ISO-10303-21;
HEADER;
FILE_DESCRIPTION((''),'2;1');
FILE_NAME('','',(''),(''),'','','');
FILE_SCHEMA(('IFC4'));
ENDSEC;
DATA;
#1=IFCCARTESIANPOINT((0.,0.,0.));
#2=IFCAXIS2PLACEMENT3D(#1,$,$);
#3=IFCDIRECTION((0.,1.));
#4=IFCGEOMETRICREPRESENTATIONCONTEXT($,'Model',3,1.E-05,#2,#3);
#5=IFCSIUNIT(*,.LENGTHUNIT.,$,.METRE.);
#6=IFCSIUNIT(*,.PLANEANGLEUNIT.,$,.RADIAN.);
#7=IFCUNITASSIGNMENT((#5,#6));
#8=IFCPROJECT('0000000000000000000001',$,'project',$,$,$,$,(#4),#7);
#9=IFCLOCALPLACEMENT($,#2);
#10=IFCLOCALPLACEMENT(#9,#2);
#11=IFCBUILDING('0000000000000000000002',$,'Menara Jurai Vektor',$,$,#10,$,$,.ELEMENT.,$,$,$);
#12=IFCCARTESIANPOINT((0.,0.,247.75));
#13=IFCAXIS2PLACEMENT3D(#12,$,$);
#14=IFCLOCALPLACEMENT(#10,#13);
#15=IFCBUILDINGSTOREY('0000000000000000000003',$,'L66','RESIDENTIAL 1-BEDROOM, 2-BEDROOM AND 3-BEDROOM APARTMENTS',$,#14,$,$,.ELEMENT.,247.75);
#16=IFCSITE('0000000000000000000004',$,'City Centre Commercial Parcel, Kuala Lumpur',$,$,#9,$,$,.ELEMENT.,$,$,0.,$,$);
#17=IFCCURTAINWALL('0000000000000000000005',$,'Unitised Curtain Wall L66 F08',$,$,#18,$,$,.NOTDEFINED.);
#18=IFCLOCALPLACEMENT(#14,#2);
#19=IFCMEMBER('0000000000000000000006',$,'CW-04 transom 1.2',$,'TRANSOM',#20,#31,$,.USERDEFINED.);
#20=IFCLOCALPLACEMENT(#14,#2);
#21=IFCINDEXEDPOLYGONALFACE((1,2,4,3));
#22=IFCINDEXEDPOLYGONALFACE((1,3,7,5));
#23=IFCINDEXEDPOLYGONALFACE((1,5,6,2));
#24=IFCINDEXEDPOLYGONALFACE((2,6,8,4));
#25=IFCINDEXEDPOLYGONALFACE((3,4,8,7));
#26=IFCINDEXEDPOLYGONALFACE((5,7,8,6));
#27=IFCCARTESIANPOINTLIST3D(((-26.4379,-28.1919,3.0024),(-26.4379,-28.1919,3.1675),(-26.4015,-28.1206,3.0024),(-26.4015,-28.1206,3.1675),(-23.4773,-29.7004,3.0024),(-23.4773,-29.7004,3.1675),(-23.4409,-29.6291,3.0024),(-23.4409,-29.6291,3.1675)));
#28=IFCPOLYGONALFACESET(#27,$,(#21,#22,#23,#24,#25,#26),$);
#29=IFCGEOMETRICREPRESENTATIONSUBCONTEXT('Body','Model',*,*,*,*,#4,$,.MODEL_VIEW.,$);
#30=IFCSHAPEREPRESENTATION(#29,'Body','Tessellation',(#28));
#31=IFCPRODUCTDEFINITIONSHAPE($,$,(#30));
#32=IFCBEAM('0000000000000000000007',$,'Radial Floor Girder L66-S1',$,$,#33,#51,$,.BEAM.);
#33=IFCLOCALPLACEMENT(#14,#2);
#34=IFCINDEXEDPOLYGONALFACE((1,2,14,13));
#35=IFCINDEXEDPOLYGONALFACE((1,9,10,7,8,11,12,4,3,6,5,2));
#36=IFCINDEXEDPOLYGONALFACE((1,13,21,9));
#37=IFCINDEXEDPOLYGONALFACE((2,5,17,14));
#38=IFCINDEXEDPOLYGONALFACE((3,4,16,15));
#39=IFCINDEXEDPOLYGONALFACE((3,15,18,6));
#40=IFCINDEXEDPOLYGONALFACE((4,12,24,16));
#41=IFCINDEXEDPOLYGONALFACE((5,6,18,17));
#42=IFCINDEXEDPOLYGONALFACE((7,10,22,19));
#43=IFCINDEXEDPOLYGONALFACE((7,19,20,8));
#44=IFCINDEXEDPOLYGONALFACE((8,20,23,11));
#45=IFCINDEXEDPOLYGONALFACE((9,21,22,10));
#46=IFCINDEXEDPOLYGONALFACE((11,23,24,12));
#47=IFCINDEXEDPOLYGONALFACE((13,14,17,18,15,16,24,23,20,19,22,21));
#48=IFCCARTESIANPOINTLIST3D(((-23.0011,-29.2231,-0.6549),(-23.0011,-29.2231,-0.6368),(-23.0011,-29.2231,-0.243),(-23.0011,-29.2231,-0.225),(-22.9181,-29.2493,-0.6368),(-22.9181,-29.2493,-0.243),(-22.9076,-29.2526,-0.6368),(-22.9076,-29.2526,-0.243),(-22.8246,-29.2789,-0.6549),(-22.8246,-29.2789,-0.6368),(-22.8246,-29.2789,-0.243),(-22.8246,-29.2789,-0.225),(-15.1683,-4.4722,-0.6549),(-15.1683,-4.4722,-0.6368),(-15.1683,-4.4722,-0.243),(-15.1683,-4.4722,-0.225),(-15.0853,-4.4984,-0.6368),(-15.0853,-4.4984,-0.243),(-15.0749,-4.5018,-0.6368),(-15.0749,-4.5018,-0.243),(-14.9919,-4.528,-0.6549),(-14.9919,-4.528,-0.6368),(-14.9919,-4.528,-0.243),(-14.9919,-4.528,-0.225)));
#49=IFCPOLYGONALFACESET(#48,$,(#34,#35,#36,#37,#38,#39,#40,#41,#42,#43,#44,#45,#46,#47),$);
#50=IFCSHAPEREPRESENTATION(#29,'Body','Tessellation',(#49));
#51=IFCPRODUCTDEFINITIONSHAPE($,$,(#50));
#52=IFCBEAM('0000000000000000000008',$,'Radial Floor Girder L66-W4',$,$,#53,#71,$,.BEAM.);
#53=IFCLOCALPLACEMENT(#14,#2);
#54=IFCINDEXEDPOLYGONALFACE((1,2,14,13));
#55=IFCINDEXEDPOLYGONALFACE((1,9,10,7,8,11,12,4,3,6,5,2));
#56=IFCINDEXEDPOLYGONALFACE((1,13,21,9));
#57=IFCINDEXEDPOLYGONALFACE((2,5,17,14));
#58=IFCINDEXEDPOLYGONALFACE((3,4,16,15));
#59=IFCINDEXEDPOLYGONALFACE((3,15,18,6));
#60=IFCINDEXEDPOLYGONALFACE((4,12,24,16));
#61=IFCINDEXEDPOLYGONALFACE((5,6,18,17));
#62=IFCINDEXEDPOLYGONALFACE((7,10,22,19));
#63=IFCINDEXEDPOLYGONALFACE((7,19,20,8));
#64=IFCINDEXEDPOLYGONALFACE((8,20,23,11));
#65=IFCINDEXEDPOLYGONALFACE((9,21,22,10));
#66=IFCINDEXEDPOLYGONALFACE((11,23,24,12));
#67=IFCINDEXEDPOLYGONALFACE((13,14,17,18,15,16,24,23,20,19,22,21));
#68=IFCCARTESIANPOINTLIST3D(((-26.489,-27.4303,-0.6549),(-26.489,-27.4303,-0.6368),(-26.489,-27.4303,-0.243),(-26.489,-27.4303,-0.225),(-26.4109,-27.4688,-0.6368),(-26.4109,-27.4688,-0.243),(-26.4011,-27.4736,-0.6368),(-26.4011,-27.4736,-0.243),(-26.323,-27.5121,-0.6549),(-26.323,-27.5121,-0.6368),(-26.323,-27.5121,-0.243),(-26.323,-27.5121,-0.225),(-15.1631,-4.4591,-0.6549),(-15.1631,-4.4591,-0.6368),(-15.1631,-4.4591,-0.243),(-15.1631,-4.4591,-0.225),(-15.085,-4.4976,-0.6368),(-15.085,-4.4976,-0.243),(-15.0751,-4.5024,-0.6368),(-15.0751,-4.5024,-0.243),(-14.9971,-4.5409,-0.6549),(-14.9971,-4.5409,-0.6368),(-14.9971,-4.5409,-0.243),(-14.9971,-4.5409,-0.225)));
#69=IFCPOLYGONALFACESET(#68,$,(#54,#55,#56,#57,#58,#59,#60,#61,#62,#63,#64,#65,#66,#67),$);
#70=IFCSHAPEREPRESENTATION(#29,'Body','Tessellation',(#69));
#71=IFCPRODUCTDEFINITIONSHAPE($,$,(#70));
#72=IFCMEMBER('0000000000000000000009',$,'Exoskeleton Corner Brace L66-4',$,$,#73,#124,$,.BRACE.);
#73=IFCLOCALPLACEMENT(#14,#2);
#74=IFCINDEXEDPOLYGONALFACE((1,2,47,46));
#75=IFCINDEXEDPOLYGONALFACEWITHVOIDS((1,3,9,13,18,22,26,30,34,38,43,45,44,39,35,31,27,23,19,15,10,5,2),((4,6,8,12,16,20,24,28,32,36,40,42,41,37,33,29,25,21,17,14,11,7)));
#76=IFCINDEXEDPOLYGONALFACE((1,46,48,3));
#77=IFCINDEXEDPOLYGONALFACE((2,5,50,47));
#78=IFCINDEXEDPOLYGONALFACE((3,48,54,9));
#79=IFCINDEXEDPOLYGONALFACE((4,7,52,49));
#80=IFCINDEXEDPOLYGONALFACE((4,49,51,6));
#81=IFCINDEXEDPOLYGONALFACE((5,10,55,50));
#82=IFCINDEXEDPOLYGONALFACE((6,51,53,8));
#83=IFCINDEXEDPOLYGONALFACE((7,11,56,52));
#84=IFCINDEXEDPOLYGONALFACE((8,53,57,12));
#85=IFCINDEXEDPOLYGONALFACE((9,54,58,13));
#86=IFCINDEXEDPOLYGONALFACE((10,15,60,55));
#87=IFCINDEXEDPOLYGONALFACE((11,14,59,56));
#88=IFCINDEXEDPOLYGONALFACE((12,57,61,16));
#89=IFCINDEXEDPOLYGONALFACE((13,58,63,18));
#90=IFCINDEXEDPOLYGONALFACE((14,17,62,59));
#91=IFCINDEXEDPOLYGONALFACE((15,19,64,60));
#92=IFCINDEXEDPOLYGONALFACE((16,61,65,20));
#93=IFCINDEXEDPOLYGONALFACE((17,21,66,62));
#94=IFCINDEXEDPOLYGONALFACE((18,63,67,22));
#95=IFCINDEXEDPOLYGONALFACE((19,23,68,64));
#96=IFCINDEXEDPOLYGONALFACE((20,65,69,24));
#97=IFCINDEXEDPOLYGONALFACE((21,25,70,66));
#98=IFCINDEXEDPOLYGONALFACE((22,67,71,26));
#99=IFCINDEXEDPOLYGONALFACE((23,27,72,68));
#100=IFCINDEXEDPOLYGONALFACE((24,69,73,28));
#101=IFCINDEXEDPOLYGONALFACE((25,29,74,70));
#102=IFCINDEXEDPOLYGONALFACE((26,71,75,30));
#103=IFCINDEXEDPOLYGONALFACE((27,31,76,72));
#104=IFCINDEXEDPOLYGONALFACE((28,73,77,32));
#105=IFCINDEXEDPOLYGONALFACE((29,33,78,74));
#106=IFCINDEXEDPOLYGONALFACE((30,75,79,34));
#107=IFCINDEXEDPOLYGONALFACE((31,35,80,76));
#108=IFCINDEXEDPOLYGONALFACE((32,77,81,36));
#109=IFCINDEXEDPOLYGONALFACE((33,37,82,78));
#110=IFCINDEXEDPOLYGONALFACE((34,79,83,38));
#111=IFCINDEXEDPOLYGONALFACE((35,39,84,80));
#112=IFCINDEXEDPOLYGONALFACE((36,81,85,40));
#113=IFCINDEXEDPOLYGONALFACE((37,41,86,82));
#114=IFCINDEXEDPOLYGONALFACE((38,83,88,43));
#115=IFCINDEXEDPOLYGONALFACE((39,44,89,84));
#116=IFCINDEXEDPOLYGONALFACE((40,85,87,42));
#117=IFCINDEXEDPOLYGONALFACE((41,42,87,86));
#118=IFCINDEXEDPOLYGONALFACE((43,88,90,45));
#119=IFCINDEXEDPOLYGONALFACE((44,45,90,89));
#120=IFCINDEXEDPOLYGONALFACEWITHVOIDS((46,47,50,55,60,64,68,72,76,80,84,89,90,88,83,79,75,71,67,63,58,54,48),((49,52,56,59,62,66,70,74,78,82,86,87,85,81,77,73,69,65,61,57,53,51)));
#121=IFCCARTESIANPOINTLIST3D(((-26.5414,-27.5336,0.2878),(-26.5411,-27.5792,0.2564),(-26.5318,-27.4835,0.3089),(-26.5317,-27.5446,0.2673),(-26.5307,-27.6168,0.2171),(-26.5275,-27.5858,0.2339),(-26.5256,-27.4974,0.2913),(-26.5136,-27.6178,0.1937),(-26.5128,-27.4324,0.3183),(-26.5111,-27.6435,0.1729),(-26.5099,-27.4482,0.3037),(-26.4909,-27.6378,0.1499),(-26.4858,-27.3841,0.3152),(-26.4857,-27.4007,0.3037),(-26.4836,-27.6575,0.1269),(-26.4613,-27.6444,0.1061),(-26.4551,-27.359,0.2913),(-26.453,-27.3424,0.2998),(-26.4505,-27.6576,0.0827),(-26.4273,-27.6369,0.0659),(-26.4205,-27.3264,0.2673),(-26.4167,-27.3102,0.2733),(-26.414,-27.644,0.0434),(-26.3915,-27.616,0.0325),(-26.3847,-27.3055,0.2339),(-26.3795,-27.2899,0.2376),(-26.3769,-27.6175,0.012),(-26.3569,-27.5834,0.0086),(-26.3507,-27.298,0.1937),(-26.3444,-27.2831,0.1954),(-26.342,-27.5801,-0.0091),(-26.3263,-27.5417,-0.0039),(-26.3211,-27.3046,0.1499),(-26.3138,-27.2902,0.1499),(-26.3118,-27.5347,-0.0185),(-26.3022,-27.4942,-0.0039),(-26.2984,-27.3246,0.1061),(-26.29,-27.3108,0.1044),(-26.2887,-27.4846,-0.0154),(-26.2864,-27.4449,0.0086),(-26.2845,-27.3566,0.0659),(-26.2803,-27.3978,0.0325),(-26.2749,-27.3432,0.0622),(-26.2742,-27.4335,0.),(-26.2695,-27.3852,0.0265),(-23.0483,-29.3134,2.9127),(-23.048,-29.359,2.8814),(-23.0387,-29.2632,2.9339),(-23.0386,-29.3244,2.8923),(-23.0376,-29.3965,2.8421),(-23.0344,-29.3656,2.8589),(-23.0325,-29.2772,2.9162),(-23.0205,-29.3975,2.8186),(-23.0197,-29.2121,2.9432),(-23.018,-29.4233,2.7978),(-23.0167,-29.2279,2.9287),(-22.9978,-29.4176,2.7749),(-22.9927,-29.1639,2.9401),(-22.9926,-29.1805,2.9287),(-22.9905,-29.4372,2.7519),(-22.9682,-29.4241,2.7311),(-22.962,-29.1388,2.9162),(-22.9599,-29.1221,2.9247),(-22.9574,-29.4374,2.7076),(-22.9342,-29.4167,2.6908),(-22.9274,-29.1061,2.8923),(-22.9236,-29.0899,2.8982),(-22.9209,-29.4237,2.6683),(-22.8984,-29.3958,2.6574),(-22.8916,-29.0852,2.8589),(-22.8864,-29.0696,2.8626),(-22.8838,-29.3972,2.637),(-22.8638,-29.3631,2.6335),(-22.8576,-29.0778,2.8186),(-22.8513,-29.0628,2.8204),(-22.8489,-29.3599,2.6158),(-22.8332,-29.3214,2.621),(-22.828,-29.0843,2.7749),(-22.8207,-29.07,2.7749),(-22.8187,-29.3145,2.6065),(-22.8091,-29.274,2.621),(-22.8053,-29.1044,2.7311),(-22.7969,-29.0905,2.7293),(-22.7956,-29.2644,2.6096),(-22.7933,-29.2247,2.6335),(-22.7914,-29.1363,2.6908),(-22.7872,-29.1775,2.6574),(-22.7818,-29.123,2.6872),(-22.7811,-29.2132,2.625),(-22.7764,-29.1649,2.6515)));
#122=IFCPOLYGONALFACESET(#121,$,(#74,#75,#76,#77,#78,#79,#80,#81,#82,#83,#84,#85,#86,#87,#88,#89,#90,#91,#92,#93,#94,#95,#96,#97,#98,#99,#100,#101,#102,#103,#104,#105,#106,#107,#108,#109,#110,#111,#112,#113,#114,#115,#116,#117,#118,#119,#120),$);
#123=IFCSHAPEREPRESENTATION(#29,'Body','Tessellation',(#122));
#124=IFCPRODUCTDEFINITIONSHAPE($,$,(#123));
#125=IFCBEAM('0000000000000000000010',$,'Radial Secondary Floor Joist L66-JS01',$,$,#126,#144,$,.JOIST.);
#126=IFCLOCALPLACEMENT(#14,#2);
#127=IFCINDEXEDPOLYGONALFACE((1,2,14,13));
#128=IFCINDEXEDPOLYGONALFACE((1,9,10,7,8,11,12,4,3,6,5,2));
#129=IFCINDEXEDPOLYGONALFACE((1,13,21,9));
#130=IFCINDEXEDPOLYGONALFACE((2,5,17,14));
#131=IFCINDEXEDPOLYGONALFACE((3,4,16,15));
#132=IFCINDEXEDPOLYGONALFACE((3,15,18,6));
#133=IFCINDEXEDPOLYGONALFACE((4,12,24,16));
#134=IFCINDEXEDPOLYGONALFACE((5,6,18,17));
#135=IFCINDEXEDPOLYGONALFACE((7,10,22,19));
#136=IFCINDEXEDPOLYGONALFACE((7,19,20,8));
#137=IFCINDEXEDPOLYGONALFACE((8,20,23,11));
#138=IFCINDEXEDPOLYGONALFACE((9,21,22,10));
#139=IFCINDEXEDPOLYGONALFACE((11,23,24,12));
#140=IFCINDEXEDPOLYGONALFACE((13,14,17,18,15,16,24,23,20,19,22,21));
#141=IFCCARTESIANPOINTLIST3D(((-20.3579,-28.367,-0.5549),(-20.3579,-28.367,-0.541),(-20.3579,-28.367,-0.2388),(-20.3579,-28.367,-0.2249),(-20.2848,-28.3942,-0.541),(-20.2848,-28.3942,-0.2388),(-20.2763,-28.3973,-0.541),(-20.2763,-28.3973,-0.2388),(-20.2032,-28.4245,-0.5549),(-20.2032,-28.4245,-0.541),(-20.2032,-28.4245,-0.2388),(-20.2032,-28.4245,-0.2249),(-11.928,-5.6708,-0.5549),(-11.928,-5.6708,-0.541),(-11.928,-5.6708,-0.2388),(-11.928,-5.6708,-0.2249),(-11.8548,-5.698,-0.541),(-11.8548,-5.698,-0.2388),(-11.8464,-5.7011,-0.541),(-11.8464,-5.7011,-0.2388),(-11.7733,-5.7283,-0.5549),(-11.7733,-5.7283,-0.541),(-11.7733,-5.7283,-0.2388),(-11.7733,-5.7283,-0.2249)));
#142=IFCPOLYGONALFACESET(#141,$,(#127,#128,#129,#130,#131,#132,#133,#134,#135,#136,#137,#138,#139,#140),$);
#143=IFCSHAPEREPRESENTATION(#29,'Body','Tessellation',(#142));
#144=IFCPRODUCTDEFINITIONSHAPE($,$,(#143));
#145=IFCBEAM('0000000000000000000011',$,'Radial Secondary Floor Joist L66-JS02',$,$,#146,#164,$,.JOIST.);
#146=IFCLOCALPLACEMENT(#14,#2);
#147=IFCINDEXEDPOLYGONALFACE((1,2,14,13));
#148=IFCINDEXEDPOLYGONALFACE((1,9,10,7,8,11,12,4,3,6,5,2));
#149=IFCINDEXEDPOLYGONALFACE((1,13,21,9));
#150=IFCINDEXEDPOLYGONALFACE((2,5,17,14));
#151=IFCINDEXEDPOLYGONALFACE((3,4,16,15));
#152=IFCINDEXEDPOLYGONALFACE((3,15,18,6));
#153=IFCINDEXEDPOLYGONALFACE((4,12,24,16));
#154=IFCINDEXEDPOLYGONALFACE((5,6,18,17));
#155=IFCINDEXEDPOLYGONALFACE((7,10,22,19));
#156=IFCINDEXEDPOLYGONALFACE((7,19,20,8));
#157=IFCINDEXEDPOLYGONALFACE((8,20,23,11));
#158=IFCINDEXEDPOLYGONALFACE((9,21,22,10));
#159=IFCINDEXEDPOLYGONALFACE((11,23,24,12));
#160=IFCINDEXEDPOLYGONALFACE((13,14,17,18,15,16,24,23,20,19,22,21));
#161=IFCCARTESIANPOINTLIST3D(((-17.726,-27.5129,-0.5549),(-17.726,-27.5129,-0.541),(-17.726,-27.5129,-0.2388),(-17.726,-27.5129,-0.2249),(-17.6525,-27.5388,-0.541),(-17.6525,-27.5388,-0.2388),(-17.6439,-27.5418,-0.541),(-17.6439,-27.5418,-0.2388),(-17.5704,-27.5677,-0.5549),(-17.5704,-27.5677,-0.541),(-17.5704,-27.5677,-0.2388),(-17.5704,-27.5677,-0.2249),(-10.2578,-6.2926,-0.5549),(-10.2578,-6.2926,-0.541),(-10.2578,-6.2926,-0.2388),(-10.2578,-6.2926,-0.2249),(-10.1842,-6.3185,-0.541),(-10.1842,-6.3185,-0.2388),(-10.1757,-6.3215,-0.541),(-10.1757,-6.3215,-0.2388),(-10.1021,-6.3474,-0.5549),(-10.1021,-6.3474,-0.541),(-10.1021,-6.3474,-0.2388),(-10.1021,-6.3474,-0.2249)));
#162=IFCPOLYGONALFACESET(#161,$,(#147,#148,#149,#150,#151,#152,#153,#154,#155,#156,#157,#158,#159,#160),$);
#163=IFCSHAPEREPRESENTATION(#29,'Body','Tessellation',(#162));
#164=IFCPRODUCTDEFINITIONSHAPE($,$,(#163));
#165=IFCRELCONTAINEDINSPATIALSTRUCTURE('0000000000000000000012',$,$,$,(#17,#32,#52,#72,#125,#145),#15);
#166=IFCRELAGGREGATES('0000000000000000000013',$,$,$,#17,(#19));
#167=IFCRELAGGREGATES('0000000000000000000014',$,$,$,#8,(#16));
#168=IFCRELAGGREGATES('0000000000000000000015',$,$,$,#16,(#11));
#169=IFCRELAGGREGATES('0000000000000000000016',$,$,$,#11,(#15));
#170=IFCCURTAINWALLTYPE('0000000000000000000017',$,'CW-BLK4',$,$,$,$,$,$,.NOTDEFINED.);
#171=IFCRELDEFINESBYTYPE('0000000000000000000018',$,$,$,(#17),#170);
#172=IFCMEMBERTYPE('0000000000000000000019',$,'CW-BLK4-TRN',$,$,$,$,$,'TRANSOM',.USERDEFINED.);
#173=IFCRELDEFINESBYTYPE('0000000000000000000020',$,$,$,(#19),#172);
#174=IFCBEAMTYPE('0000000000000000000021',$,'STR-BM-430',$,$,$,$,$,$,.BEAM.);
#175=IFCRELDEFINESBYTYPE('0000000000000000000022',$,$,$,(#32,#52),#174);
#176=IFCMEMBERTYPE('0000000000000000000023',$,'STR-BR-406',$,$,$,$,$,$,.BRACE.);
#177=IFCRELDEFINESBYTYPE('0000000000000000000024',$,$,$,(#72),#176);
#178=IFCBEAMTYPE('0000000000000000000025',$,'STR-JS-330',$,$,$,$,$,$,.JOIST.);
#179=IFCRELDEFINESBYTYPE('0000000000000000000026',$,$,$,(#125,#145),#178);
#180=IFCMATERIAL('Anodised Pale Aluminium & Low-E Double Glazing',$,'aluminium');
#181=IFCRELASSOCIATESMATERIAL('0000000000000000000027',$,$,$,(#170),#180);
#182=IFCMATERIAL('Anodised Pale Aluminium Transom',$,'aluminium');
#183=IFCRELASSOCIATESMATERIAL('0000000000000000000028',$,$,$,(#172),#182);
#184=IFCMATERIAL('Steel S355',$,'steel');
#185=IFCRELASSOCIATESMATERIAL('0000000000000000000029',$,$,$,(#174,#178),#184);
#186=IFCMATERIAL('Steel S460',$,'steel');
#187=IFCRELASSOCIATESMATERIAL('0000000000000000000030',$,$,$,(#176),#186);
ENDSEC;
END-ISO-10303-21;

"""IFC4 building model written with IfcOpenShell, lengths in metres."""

from ifc_helpers import new_model, si_unit, direction, frame, origin, origin_2d, place, context, subcontext, project, spatial, rectangle, hollow_circle, i_section, extrude, material, material_profile, profile_set, type_object, element, aggregate, save


model = new_model("IFC4")

# Units and contexts
model_context = context("Model", 3, precision=1e-05, world=origin(), true_north=direction((0.0, 1.0)))
body_context = subcontext(model_context, "Body", "Model", "MODEL_VIEW")
ifc_project = project(units=[si_unit("LENGTHUNIT", "METRE"), si_unit("PLANEANGLEUNIT", "RADIAN")], contexts=[model_context])

# Site, building, storey
site_placement = place(None, origin())
site = spatial("IfcSite", under=ifc_project, at=site_placement, Name="City Centre Commercial Parcel, Kuala Lumpur", CompositionType="ELEMENT", RefElevation=0.0)
building_placement = place(site_placement, origin())
building = spatial("IfcBuilding", under=site, at=building_placement, Name="Menara Jurai Vektor", CompositionType="ELEMENT")
storey_placement = place(building_placement, frame((0.0, 0.0, 247.75)))
storey = spatial("IfcBuildingStorey", under=building, at=storey_placement, Name="L66", Description="RESIDENTIAL 1-BEDROOM, 2-BEDROOM AND 3-BEDROOM APARTMENTS", CompositionType="ELEMENT", Elevation=247.75)

# Shared definitions
ifc_material_1 = material(Name="Steel S460", Category="steel")

# Shared definitions
ifc_material_2 = material(Name="Anodised Pale Aluminium & Low-E Double Glazing", Category="aluminium")
curtain_wall_type = type_object("IfcCurtainWallType", Name="CW-BLK4", PredefinedType="NOTDEFINED", material=ifc_material_2)

# Curtain wall
curtain_wall_1_placement = place(storey_placement, origin())
curtain_wall_1 = element("IfcCurtainWall", 1, at=curtain_wall_1_placement, inside=storey, type_object=curtain_wall_type, Name="Unitised Curtain Wall L66 F08", PredefinedType="NOTDEFINED")

# Member
ifc_material_3 = material(Name="Anodised Pale Aluminium Transom", Category="aluminium")
ifc_material_profile_1 = material_profile(ifc_material_3, rectangle(XDim=0.0801, YDim=0.165, at=origin_2d()), Name="ALU TRN 80x165")
ifc_profile_set_1 = profile_set([ifc_material_profile_1], Name="Anodised Pale Aluminium Transom")
member_type_1 = type_object("IfcMemberType", Name="CW-BLK4-TRN", ElementType="TRANSOM", PredefinedType="USERDEFINED", material=ifc_profile_set_1)
member_1_placement = place(storey_placement, frame((-26.4197, -28.1562, 3.085), z_axis=(0.891007, -0.45399, 0.0), x_axis=(0.45399, 0.891007, 0.0)))
member_1 = element("IfcMember", 2, at=member_1_placement, type_object=member_type_1, Name="CW-04 transom 1.2", ObjectType="TRANSOM", PredefinedType="USERDEFINED", context=body_context, shape_type="SweptSolid", body=[
    extrude(rectangle(XDim=0.0801, YDim=0.165, at=origin_2d()), origin(), (0.0, 0.0, 1.0), 3.3228),
])

# Beams
ifc_material_4 = material(Name="Steel S355", Category="steel")
ifc_material_profile_2 = material_profile(ifc_material_4, i_section(OverallWidth=0.1851, OverallDepth=0.4299, WebThickness=0.011, FlangeThickness=0.0181, at=origin_2d()), Name="PG 430x185x76")
ifc_profile_set_2 = profile_set([ifc_material_profile_2], Name="Steel S355")
beam_type_1 = type_object("IfcBeamType", Name="STR-BM-430", PredefinedType="BEAM", material=ifc_profile_set_2)
beam_1_placement = place(storey_placement, frame((-22.9128, -29.251, -0.4399), z_axis=(0.301715, 0.953398, 0.0), x_axis=(-0.953398, 0.301715, 0.0)))
element("IfcBeam", 3, at=beam_1_placement, inside=storey, type_object=beam_type_1, Name="Radial Floor Girder L66-S1", PredefinedType="BEAM", context=body_context, shape_type="SweptSolid", body=[
    extrude(i_section(OverallWidth=0.1851, OverallDepth=0.4299, WebThickness=0.011, FlangeThickness=0.0181, at=origin_2d()), origin(), (0.0, 0.0, 1.0), 25.9607),
])
beam_2_placement = place(storey_placement, frame((-26.406, -27.4712, -0.4399), z_axis=(0.442219, 0.896907, 0.0), x_axis=(-0.896907, 0.442219, 0.0)))
element("IfcBeam", 4, at=beam_2_placement, inside=storey, type_object=beam_type_1, Name="Radial Floor Girder L66-W4", PredefinedType="BEAM", context=body_context, shape_type="SweptSolid", body=[
    extrude(i_section(OverallWidth=0.1851, OverallDepth=0.4299, WebThickness=0.011, FlangeThickness=0.0181, at=origin_2d()), origin(), (0.0, 0.0, 1.0), 25.6116),
])

# Member
ifc_material_profile_3 = material_profile(ifc_material_1, hollow_circle(Radius=0.2031, WallThickness=0.0161, at=origin_2d()), Name="CHS 406.4x16")
ifc_profile_set_3 = profile_set([ifc_material_profile_3], Name="Steel S460")
member_type_2 = type_object("IfcMemberType", Name="STR-BR-406", PredefinedType="BRACE", material=ifc_profile_set_3)
member_2_placement = place(storey_placement, frame((-26.406, -27.4712, 0.1499), z_axis=(0.740375, -0.377225, 0.556368), x_axis=(0.453976, 0.891014, 0.0)))
element("IfcMember", 5, at=member_2_placement, inside=storey, type_object=member_type_2, Name="Exoskeleton Corner Brace L66-4", PredefinedType="BRACE", context=body_context, shape_type="SweptSolid", body=[
    extrude(hollow_circle(Radius=0.2031, WallThickness=0.0161, at=origin_2d()), origin(), (0.0, 0.0, 1.0), 4.718),
])

# Beams
ifc_material_profile_4 = material_profile(ifc_material_4, i_section(OverallWidth=0.165, OverallDepth=0.3301, WebThickness=0.009, FlangeThickness=0.0139, at=origin_2d()), Name="PG 330x165x46")
ifc_profile_set_4 = profile_set([ifc_material_profile_4], Name="Steel S355")
beam_type_2 = type_object("IfcBeamType", Name="STR-JS-330", PredefinedType="JOIST", material=ifc_profile_set_4)
beam_3_placement = place(storey_placement, frame((-20.2805, -28.3958, -0.3899), z_axis=(0.348182, 0.937427, 0.0), x_axis=(-0.937427, 0.348182, 0.0)))
element("IfcBeam", 6, at=beam_3_placement, inside=storey, type_object=beam_type_2, Name="Radial Secondary Floor Joist L66-JS01", PredefinedType="JOIST", context=body_context, shape_type="SweptSolid", body=[
    extrude(i_section(OverallWidth=0.165, OverallDepth=0.3301, WebThickness=0.009, FlangeThickness=0.0139, at=origin_2d()), origin(), (0.0, 0.0, 1.0), 24.2112),
])
beam_4_placement = place(storey_placement, frame((-17.6482, -27.5403, -0.3899), z_axis=(0.331981, 0.943286, 0.0), x_axis=(-0.943286, 0.331981, 0.0)))
element("IfcBeam", 7, at=beam_4_placement, inside=storey, type_object=beam_type_2, Name="Radial Secondary Floor Joist L66-JS02", PredefinedType="JOIST", context=body_context, shape_type="SweptSolid", body=[
    extrude(i_section(OverallWidth=0.165, OverallDepth=0.3301, WebThickness=0.009, FlangeThickness=0.0139, at=origin_2d()), origin(), (0.0, 0.0, 1.0), 22.4961),
])

aggregate(curtain_wall_1, [member_1])

save(model, "model.ifc")
